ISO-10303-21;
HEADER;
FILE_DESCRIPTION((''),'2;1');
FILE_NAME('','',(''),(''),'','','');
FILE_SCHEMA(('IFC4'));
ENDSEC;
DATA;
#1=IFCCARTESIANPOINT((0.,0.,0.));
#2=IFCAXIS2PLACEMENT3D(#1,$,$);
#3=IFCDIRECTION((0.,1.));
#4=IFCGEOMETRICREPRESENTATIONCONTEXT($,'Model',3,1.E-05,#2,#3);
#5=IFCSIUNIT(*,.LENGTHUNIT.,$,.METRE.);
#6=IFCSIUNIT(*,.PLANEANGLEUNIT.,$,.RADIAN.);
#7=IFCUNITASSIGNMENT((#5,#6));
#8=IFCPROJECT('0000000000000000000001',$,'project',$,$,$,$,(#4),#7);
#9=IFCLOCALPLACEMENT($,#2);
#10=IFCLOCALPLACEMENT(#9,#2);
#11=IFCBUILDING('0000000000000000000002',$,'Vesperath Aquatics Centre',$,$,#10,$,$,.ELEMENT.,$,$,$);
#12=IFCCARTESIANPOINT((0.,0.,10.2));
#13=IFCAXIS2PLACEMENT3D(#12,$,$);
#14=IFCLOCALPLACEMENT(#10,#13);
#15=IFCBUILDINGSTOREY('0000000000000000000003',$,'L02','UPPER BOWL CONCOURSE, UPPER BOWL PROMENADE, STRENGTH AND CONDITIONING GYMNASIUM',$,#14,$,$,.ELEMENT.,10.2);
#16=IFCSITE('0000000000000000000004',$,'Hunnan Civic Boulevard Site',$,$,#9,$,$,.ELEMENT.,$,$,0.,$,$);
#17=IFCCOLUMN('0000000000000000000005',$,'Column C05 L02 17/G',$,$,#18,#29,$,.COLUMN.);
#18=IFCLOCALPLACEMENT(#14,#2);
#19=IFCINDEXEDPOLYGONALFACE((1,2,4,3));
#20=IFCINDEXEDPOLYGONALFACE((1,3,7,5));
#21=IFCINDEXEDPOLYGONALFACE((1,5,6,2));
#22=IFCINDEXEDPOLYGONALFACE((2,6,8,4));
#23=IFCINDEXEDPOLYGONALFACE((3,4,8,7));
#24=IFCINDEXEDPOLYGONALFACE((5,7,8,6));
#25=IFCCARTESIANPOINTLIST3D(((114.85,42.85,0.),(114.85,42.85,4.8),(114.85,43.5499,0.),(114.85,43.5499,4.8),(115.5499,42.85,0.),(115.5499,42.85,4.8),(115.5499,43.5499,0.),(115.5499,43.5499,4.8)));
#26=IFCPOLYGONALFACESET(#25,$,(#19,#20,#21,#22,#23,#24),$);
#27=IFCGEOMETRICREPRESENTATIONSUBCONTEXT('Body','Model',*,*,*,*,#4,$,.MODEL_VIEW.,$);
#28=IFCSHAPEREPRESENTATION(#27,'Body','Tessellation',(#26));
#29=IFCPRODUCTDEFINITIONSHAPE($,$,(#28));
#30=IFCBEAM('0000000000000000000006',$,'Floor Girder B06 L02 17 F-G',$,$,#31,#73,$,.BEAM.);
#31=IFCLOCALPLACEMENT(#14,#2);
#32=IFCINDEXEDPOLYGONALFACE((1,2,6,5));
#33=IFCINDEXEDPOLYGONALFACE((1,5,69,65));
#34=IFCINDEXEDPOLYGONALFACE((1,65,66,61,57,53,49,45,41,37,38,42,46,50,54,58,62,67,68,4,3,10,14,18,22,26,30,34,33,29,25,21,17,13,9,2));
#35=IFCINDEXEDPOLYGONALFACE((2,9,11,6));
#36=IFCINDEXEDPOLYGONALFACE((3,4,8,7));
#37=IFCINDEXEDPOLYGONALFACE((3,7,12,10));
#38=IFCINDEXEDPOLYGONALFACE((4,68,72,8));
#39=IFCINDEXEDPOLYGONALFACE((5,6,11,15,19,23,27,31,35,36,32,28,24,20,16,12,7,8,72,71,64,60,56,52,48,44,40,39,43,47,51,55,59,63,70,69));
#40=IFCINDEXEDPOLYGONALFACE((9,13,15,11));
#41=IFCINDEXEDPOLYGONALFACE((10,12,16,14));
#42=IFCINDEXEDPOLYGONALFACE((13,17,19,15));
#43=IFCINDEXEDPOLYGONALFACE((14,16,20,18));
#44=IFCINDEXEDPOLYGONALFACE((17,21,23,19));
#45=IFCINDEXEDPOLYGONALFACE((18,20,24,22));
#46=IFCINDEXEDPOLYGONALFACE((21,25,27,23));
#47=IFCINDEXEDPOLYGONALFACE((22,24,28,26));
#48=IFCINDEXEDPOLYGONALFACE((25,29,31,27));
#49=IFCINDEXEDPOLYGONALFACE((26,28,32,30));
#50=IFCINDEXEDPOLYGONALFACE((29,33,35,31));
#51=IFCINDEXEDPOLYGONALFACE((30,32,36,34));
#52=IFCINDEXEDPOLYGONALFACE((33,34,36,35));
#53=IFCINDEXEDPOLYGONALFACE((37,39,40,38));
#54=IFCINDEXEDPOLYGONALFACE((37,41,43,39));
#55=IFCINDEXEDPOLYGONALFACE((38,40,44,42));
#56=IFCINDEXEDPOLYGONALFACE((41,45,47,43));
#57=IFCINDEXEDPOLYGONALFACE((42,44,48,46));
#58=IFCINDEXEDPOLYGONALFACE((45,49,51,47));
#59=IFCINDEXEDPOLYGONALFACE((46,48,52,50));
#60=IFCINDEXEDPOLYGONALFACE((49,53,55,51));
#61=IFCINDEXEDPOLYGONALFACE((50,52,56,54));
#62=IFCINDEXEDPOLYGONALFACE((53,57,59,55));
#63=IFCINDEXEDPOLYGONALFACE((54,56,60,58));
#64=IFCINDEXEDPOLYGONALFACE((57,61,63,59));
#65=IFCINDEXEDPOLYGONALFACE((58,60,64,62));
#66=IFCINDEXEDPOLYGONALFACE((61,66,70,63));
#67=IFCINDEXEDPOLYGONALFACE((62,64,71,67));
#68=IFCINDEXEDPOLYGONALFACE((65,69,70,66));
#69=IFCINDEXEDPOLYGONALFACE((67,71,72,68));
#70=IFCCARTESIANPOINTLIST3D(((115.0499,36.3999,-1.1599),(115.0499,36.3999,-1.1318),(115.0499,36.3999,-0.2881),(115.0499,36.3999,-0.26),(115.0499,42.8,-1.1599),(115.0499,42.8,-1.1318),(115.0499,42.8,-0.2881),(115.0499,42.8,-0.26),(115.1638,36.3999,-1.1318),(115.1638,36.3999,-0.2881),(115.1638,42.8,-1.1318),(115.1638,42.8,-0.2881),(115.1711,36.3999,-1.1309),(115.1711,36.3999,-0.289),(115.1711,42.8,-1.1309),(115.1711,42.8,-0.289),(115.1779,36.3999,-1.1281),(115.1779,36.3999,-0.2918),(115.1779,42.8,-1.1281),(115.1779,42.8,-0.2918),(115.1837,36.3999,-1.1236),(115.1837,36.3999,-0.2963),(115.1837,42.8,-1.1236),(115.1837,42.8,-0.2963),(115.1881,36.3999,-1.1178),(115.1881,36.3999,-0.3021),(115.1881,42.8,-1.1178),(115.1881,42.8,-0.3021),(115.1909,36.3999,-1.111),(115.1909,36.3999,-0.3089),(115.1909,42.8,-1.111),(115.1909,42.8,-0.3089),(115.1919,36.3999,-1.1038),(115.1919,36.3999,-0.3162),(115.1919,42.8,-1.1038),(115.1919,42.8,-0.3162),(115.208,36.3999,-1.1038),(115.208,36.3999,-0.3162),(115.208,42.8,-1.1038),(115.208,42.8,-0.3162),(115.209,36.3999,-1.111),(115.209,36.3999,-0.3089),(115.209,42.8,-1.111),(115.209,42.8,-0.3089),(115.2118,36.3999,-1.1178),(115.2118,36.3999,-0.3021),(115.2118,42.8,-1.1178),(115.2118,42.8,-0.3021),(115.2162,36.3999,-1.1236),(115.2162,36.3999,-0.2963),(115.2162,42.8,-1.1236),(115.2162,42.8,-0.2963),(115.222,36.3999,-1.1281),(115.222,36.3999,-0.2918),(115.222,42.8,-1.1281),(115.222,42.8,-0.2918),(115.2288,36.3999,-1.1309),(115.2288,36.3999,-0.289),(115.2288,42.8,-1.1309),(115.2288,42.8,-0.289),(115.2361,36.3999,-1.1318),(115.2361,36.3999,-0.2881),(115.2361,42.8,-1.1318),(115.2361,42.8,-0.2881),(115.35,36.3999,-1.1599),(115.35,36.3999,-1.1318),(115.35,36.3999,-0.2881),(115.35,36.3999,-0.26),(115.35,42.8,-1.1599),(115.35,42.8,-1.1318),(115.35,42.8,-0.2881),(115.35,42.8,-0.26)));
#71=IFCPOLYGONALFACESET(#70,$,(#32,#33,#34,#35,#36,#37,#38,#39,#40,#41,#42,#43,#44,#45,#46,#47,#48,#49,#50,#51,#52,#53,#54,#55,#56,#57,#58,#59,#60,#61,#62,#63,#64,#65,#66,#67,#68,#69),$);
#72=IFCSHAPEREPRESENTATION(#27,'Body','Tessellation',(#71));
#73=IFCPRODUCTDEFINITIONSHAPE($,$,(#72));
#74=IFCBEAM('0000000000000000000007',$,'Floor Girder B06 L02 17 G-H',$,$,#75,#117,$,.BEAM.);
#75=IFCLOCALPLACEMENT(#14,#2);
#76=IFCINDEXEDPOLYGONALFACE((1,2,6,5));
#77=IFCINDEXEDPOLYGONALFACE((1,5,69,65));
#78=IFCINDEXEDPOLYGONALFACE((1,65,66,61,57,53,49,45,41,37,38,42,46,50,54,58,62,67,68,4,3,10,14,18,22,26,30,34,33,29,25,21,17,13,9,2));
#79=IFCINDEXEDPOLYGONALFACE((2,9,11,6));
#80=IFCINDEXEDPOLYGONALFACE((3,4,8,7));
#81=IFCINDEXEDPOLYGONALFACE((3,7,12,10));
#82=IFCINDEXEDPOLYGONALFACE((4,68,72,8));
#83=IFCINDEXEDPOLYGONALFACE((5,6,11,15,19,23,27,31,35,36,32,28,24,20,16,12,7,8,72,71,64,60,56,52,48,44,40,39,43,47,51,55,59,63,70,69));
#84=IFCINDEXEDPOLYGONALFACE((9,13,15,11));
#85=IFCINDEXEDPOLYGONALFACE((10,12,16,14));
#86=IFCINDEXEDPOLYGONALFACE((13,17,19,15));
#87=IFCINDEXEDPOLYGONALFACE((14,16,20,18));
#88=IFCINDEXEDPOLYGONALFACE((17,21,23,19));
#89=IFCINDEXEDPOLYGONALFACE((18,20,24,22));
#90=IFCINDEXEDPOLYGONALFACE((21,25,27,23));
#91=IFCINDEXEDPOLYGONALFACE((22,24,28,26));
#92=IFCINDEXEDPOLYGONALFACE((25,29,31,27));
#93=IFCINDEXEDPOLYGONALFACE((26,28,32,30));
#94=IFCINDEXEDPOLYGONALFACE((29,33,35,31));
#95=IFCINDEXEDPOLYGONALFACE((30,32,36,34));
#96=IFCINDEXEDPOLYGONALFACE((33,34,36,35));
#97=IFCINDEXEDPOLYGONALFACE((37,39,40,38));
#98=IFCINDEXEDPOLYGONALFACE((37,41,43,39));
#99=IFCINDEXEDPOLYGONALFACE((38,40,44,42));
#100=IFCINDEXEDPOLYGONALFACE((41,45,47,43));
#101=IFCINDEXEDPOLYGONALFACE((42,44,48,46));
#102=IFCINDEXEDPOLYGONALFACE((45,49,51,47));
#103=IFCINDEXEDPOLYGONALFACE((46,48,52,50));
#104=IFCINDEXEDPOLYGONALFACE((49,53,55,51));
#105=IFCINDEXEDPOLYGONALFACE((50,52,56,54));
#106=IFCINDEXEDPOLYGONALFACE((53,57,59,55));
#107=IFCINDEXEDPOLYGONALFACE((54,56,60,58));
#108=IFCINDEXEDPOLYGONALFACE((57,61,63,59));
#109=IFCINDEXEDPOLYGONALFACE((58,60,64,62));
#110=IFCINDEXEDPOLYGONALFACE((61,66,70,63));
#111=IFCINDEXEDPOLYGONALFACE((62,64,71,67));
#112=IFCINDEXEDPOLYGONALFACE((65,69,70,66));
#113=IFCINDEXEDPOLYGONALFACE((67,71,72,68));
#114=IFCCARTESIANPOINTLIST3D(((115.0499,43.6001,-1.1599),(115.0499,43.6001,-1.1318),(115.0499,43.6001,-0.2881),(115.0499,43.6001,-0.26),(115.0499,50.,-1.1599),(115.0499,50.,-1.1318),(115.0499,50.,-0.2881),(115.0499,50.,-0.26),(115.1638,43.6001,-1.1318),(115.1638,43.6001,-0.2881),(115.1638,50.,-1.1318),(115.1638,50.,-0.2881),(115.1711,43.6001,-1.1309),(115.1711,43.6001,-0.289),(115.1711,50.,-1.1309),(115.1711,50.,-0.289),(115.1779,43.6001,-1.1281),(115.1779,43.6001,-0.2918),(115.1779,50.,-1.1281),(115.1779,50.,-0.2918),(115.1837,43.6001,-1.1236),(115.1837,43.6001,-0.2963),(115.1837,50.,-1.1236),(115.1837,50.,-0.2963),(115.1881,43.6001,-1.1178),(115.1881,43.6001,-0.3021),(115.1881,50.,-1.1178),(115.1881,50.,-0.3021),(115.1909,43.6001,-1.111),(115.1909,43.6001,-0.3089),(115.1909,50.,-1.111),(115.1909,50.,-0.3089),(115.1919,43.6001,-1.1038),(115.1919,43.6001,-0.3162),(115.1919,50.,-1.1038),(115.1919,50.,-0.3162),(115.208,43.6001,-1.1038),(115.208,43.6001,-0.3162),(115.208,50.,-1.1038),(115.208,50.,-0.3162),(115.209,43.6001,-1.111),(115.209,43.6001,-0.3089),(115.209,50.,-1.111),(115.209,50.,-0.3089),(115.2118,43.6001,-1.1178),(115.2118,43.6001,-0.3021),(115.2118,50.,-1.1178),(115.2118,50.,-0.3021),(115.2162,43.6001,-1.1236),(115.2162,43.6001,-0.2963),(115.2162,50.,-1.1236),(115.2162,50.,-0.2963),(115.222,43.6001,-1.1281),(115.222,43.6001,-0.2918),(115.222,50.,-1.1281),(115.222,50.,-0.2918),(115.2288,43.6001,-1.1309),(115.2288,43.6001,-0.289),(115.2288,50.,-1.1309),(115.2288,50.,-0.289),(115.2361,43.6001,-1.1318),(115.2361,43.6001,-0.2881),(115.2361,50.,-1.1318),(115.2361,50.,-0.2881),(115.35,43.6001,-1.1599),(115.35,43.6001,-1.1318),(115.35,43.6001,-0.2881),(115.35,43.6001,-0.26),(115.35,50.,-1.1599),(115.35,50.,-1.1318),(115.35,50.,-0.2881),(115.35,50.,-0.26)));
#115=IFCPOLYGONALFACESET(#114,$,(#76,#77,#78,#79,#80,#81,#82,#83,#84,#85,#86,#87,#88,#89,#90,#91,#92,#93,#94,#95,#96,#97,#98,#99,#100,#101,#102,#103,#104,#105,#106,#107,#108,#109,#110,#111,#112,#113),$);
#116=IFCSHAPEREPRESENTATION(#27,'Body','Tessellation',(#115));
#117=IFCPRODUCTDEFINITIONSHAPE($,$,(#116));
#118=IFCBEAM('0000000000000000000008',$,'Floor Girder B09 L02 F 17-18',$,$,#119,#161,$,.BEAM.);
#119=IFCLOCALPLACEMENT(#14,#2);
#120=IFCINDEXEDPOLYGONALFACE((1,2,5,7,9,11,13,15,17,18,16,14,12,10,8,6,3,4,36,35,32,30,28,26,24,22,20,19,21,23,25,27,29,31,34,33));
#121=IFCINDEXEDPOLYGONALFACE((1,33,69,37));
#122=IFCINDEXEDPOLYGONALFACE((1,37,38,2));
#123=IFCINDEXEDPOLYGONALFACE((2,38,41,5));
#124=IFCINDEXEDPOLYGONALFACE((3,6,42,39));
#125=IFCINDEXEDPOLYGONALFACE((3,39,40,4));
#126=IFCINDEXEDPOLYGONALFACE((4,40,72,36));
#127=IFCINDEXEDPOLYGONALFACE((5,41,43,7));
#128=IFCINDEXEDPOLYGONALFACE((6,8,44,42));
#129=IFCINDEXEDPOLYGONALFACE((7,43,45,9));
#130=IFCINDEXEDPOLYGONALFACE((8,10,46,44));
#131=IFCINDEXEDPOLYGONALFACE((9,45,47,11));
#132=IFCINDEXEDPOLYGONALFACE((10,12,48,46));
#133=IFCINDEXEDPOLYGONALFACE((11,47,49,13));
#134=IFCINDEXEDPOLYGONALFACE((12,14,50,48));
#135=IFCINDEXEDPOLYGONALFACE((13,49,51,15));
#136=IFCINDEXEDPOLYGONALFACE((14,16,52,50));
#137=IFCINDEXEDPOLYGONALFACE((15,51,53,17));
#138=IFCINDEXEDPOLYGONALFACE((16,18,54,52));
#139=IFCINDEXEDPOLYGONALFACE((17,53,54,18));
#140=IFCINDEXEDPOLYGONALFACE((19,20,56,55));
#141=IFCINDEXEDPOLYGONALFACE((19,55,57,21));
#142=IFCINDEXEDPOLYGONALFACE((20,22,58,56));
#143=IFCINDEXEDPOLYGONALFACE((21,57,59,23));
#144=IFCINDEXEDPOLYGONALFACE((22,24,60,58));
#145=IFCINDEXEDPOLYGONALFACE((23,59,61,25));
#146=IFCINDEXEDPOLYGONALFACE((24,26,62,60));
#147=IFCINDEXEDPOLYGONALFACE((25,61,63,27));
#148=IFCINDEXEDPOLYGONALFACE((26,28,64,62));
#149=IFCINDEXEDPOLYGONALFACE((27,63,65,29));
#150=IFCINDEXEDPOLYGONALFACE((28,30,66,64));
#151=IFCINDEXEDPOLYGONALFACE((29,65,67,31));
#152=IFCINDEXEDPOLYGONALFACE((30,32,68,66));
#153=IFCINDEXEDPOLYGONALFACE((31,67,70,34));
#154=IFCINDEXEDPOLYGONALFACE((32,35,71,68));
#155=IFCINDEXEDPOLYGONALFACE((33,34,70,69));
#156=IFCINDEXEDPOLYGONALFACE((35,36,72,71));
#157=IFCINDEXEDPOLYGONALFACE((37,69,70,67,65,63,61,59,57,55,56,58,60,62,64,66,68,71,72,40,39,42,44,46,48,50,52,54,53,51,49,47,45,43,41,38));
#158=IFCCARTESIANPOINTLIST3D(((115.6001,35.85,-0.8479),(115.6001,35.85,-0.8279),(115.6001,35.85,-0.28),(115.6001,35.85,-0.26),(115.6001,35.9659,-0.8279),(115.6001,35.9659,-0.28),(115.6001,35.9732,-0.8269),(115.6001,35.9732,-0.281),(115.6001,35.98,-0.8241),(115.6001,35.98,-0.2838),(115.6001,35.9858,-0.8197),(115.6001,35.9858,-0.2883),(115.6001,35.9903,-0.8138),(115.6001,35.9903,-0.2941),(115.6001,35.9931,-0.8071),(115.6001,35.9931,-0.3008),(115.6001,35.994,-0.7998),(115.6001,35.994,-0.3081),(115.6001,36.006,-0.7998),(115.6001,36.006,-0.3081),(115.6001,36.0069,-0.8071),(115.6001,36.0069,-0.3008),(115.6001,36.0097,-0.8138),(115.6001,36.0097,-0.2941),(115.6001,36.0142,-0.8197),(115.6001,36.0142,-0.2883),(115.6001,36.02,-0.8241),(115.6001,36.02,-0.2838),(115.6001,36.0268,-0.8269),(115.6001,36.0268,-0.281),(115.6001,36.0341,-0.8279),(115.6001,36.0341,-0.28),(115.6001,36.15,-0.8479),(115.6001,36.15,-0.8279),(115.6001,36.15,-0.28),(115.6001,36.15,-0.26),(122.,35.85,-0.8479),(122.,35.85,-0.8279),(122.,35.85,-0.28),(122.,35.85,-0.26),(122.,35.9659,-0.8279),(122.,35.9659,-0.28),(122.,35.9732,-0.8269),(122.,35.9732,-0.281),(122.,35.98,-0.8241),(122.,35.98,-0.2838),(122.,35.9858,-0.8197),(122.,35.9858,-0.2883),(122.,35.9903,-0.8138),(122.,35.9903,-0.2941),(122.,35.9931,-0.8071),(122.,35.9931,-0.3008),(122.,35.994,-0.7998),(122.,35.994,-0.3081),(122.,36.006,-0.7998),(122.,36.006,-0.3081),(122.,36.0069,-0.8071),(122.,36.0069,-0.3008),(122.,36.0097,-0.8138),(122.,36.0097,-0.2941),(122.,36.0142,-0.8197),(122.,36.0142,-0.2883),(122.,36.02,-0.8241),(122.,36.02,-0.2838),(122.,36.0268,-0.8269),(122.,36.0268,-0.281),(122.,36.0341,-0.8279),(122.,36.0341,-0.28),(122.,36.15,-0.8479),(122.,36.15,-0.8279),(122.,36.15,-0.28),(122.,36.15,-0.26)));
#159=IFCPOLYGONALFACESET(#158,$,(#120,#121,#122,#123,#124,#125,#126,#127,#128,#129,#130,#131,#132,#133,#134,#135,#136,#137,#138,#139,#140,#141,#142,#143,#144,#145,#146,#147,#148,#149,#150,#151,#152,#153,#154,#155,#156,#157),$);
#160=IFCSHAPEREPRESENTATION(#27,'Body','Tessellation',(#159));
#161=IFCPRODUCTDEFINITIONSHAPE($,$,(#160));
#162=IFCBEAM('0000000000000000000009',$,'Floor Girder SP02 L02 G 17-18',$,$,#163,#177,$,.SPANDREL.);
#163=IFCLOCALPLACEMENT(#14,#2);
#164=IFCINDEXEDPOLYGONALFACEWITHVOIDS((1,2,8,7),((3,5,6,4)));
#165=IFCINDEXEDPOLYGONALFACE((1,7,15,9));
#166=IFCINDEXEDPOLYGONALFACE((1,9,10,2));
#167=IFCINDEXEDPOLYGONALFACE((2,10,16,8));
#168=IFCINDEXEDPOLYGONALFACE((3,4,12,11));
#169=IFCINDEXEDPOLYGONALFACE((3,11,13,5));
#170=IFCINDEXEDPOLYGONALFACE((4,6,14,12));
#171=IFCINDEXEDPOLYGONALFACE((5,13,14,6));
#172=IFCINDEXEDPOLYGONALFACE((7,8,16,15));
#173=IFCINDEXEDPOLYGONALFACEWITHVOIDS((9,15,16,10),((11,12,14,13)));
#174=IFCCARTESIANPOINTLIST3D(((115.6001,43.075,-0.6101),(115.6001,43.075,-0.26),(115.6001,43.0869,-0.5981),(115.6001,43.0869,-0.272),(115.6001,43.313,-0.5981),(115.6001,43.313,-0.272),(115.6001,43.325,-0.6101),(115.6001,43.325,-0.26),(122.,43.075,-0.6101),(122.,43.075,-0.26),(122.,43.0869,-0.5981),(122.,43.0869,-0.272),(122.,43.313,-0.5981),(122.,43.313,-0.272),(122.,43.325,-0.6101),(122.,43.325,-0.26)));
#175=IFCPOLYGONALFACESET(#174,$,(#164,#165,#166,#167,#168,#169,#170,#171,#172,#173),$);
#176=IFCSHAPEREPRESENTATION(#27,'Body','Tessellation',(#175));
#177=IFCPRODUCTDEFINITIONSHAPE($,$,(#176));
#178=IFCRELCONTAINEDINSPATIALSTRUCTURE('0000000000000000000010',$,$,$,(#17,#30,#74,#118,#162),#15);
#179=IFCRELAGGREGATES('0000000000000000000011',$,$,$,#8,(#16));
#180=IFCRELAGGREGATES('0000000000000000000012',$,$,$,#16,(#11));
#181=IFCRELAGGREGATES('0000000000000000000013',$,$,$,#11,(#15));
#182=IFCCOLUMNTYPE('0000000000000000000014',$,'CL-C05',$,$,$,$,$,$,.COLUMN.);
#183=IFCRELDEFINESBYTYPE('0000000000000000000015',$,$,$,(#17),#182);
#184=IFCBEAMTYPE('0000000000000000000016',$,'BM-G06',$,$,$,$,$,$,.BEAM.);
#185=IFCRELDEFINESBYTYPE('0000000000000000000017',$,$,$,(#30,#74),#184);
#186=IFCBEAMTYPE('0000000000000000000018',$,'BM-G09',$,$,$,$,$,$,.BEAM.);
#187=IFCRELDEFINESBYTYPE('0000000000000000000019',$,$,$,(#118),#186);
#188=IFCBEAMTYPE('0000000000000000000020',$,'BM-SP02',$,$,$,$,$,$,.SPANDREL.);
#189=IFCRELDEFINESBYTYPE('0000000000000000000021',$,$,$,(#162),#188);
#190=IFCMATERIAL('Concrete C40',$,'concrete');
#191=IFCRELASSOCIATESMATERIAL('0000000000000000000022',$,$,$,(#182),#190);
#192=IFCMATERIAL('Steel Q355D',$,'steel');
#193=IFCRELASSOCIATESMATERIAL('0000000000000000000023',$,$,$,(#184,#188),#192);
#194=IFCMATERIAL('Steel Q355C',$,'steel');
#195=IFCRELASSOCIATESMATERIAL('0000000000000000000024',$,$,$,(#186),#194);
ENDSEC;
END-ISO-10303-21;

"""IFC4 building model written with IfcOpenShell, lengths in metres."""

from ifc_helpers import new_model, si_unit, direction, frame, origin, origin_2d, place, context, subcontext, project, spatial, rectangle, hollow_rectangle, i_section, extrude, material, material_profile, profile_set, type_object, element, save


model = new_model("IFC4")

# Units and contexts
model_context = context("Model", 3, precision=1e-05, world=origin(), true_north=direction((0.0, 1.0)))
body_context = subcontext(model_context, "Body", "Model", "MODEL_VIEW")
ifc_project = project(units=[si_unit("LENGTHUNIT", "METRE"), si_unit("PLANEANGLEUNIT", "RADIAN")], contexts=[model_context])

# Site, building, storey
site_placement = place(None, origin())
site = spatial("IfcSite", under=ifc_project, at=site_placement, Name="Hunnan Civic Boulevard Site", CompositionType="ELEMENT", RefElevation=0.0)
building_placement = place(site_placement, origin())
building = spatial("IfcBuilding", under=site, at=building_placement, Name="Vesperath Aquatics Centre", CompositionType="ELEMENT")
storey_placement = place(building_placement, frame((0.0, 0.0, 10.2)))
storey = spatial("IfcBuildingStorey", under=building, at=storey_placement, Name="L02", Description="UPPER BOWL CONCOURSE, UPPER BOWL PROMENADE, STRENGTH AND CONDITIONING GYMNASIUM", CompositionType="ELEMENT", Elevation=10.2)

# Column
ifc_material_1 = material(Name="Concrete C40", Category="concrete")
ifc_material_profile_1 = material_profile(ifc_material_1, rectangle(XDim=0.7, YDim=0.7, at=origin_2d()), Name="RC 700x700")
ifc_profile_set_1 = profile_set([ifc_material_profile_1], Name="Concrete C40")
column_type = type_object("IfcColumnType", Name="CL-C05", PredefinedType="COLUMN", material=ifc_profile_set_1)
column_placement = place(storey_placement, frame((115.2, 43.2, 0.0), z_axis=(0.0, 0.0, 1.0), x_axis=(1.0, 0.0, 0.0)))
element("IfcColumn", 1, at=column_placement, inside=storey, type_object=column_type, Name="Column C05 L02 17/G", PredefinedType="COLUMN", context=body_context, shape_type="SweptSolid", body=[
    extrude(rectangle(XDim=0.7, YDim=0.7, at=origin_2d()), origin(), (0.0, 0.0, 1.0), 4.8),
])

# Beams
ifc_material_2 = material(Name="Steel Q355D", Category="steel")
ifc_material_profile_2 = material_profile(ifc_material_2, i_section(OverallWidth=0.3, OverallDepth=0.8999, WebThickness=0.0161, FlangeThickness=0.0281, FilletRadius=0.0281, at=origin_2d()), Name="HN 900x300x16x28")
ifc_profile_set_2 = profile_set([ifc_material_profile_2], Name="Steel Q355D")
beam_type_1 = type_object("IfcBeamType", Name="BM-G06", PredefinedType="BEAM", material=ifc_profile_set_2)
beam_1_placement = place(storey_placement, frame((115.2, 36.3999, -0.71), z_axis=(0.0, 1.0, 0.0), x_axis=(-1.0, 0.0, 0.0)))
element("IfcBeam", 2, at=beam_1_placement, inside=storey, type_object=beam_type_1, Name="Floor Girder B06 L02 17 F-G", PredefinedType="BEAM", context=body_context, shape_type="SweptSolid", body=[
    extrude(i_section(OverallWidth=0.3, OverallDepth=0.8999, WebThickness=0.0161, FlangeThickness=0.0281, FilletRadius=0.0281, at=origin_2d()), origin(), (0.0, 0.0, 1.0), 6.4001),
])
beam_2_placement = place(storey_placement, frame((115.2, 43.6001, -0.71), z_axis=(0.0, 1.0, 0.0), x_axis=(-1.0, 0.0, 0.0)))
element("IfcBeam", 3, at=beam_2_placement, inside=storey, type_object=beam_type_1, Name="Floor Girder B06 L02 17 G-H", PredefinedType="BEAM", context=body_context, shape_type="SweptSolid", body=[
    extrude(i_section(OverallWidth=0.3, OverallDepth=0.8999, WebThickness=0.0161, FlangeThickness=0.0281, FilletRadius=0.0281, at=origin_2d()), origin(), (0.0, 0.0, 1.0), 6.3999),
])
ifc_material_3 = material(Name="Steel Q355C", Category="steel")
ifc_material_profile_3 = material_profile(ifc_material_3, i_section(OverallWidth=0.3, OverallDepth=0.5879, WebThickness=0.012, FlangeThickness=0.02, FilletRadius=0.0281, at=origin_2d()), Name="HM 588x300x12x20")
ifc_profile_set_3 = profile_set([ifc_material_profile_3], Name="Steel Q355C")
beam_type_2 = type_object("IfcBeamType", Name="BM-G09", PredefinedType="BEAM", material=ifc_profile_set_3)
beam_3_placement = place(storey_placement, frame((115.6001, 36.0, -0.554), z_axis=(1.0, 0.0, 0.0), x_axis=(0.0, 1.0, 0.0)))
element("IfcBeam", 4, at=beam_3_placement, inside=storey, type_object=beam_type_2, Name="Floor Girder B09 L02 F 17-18", PredefinedType="BEAM", context=body_context, shape_type="SweptSolid", body=[
    extrude(i_section(OverallWidth=0.3, OverallDepth=0.5879, WebThickness=0.012, FlangeThickness=0.02, FilletRadius=0.0281, at=origin_2d()), origin(), (0.0, 0.0, 1.0), 6.3999),
])
ifc_material_profile_4 = material_profile(ifc_material_2, hollow_rectangle(XDim=0.25, YDim=0.3501, WallThickness=0.012, at=origin_2d()), Name="RHS 350x250x12")
ifc_profile_set_4 = profile_set([ifc_material_profile_4], Name="Steel Q355D")
beam_type_3 = type_object("IfcBeamType", Name="BM-SP02", PredefinedType="SPANDREL", material=ifc_profile_set_4)
beam_4_placement = place(storey_placement, frame((115.6001, 43.2, -0.4351), z_axis=(1.0, 0.0, 0.0), x_axis=(0.0, 1.0, 0.0)))
element("IfcBeam", 5, at=beam_4_placement, inside=storey, type_object=beam_type_3, Name="Floor Girder SP02 L02 G 17-18", PredefinedType="SPANDREL", context=body_context, shape_type="SweptSolid", body=[
    extrude(hollow_rectangle(XDim=0.25, YDim=0.3501, WallThickness=0.012, at=origin_2d()), origin(), (0.0, 0.0, 1.0), 6.3999),
])

save(model, "model.ifc")
